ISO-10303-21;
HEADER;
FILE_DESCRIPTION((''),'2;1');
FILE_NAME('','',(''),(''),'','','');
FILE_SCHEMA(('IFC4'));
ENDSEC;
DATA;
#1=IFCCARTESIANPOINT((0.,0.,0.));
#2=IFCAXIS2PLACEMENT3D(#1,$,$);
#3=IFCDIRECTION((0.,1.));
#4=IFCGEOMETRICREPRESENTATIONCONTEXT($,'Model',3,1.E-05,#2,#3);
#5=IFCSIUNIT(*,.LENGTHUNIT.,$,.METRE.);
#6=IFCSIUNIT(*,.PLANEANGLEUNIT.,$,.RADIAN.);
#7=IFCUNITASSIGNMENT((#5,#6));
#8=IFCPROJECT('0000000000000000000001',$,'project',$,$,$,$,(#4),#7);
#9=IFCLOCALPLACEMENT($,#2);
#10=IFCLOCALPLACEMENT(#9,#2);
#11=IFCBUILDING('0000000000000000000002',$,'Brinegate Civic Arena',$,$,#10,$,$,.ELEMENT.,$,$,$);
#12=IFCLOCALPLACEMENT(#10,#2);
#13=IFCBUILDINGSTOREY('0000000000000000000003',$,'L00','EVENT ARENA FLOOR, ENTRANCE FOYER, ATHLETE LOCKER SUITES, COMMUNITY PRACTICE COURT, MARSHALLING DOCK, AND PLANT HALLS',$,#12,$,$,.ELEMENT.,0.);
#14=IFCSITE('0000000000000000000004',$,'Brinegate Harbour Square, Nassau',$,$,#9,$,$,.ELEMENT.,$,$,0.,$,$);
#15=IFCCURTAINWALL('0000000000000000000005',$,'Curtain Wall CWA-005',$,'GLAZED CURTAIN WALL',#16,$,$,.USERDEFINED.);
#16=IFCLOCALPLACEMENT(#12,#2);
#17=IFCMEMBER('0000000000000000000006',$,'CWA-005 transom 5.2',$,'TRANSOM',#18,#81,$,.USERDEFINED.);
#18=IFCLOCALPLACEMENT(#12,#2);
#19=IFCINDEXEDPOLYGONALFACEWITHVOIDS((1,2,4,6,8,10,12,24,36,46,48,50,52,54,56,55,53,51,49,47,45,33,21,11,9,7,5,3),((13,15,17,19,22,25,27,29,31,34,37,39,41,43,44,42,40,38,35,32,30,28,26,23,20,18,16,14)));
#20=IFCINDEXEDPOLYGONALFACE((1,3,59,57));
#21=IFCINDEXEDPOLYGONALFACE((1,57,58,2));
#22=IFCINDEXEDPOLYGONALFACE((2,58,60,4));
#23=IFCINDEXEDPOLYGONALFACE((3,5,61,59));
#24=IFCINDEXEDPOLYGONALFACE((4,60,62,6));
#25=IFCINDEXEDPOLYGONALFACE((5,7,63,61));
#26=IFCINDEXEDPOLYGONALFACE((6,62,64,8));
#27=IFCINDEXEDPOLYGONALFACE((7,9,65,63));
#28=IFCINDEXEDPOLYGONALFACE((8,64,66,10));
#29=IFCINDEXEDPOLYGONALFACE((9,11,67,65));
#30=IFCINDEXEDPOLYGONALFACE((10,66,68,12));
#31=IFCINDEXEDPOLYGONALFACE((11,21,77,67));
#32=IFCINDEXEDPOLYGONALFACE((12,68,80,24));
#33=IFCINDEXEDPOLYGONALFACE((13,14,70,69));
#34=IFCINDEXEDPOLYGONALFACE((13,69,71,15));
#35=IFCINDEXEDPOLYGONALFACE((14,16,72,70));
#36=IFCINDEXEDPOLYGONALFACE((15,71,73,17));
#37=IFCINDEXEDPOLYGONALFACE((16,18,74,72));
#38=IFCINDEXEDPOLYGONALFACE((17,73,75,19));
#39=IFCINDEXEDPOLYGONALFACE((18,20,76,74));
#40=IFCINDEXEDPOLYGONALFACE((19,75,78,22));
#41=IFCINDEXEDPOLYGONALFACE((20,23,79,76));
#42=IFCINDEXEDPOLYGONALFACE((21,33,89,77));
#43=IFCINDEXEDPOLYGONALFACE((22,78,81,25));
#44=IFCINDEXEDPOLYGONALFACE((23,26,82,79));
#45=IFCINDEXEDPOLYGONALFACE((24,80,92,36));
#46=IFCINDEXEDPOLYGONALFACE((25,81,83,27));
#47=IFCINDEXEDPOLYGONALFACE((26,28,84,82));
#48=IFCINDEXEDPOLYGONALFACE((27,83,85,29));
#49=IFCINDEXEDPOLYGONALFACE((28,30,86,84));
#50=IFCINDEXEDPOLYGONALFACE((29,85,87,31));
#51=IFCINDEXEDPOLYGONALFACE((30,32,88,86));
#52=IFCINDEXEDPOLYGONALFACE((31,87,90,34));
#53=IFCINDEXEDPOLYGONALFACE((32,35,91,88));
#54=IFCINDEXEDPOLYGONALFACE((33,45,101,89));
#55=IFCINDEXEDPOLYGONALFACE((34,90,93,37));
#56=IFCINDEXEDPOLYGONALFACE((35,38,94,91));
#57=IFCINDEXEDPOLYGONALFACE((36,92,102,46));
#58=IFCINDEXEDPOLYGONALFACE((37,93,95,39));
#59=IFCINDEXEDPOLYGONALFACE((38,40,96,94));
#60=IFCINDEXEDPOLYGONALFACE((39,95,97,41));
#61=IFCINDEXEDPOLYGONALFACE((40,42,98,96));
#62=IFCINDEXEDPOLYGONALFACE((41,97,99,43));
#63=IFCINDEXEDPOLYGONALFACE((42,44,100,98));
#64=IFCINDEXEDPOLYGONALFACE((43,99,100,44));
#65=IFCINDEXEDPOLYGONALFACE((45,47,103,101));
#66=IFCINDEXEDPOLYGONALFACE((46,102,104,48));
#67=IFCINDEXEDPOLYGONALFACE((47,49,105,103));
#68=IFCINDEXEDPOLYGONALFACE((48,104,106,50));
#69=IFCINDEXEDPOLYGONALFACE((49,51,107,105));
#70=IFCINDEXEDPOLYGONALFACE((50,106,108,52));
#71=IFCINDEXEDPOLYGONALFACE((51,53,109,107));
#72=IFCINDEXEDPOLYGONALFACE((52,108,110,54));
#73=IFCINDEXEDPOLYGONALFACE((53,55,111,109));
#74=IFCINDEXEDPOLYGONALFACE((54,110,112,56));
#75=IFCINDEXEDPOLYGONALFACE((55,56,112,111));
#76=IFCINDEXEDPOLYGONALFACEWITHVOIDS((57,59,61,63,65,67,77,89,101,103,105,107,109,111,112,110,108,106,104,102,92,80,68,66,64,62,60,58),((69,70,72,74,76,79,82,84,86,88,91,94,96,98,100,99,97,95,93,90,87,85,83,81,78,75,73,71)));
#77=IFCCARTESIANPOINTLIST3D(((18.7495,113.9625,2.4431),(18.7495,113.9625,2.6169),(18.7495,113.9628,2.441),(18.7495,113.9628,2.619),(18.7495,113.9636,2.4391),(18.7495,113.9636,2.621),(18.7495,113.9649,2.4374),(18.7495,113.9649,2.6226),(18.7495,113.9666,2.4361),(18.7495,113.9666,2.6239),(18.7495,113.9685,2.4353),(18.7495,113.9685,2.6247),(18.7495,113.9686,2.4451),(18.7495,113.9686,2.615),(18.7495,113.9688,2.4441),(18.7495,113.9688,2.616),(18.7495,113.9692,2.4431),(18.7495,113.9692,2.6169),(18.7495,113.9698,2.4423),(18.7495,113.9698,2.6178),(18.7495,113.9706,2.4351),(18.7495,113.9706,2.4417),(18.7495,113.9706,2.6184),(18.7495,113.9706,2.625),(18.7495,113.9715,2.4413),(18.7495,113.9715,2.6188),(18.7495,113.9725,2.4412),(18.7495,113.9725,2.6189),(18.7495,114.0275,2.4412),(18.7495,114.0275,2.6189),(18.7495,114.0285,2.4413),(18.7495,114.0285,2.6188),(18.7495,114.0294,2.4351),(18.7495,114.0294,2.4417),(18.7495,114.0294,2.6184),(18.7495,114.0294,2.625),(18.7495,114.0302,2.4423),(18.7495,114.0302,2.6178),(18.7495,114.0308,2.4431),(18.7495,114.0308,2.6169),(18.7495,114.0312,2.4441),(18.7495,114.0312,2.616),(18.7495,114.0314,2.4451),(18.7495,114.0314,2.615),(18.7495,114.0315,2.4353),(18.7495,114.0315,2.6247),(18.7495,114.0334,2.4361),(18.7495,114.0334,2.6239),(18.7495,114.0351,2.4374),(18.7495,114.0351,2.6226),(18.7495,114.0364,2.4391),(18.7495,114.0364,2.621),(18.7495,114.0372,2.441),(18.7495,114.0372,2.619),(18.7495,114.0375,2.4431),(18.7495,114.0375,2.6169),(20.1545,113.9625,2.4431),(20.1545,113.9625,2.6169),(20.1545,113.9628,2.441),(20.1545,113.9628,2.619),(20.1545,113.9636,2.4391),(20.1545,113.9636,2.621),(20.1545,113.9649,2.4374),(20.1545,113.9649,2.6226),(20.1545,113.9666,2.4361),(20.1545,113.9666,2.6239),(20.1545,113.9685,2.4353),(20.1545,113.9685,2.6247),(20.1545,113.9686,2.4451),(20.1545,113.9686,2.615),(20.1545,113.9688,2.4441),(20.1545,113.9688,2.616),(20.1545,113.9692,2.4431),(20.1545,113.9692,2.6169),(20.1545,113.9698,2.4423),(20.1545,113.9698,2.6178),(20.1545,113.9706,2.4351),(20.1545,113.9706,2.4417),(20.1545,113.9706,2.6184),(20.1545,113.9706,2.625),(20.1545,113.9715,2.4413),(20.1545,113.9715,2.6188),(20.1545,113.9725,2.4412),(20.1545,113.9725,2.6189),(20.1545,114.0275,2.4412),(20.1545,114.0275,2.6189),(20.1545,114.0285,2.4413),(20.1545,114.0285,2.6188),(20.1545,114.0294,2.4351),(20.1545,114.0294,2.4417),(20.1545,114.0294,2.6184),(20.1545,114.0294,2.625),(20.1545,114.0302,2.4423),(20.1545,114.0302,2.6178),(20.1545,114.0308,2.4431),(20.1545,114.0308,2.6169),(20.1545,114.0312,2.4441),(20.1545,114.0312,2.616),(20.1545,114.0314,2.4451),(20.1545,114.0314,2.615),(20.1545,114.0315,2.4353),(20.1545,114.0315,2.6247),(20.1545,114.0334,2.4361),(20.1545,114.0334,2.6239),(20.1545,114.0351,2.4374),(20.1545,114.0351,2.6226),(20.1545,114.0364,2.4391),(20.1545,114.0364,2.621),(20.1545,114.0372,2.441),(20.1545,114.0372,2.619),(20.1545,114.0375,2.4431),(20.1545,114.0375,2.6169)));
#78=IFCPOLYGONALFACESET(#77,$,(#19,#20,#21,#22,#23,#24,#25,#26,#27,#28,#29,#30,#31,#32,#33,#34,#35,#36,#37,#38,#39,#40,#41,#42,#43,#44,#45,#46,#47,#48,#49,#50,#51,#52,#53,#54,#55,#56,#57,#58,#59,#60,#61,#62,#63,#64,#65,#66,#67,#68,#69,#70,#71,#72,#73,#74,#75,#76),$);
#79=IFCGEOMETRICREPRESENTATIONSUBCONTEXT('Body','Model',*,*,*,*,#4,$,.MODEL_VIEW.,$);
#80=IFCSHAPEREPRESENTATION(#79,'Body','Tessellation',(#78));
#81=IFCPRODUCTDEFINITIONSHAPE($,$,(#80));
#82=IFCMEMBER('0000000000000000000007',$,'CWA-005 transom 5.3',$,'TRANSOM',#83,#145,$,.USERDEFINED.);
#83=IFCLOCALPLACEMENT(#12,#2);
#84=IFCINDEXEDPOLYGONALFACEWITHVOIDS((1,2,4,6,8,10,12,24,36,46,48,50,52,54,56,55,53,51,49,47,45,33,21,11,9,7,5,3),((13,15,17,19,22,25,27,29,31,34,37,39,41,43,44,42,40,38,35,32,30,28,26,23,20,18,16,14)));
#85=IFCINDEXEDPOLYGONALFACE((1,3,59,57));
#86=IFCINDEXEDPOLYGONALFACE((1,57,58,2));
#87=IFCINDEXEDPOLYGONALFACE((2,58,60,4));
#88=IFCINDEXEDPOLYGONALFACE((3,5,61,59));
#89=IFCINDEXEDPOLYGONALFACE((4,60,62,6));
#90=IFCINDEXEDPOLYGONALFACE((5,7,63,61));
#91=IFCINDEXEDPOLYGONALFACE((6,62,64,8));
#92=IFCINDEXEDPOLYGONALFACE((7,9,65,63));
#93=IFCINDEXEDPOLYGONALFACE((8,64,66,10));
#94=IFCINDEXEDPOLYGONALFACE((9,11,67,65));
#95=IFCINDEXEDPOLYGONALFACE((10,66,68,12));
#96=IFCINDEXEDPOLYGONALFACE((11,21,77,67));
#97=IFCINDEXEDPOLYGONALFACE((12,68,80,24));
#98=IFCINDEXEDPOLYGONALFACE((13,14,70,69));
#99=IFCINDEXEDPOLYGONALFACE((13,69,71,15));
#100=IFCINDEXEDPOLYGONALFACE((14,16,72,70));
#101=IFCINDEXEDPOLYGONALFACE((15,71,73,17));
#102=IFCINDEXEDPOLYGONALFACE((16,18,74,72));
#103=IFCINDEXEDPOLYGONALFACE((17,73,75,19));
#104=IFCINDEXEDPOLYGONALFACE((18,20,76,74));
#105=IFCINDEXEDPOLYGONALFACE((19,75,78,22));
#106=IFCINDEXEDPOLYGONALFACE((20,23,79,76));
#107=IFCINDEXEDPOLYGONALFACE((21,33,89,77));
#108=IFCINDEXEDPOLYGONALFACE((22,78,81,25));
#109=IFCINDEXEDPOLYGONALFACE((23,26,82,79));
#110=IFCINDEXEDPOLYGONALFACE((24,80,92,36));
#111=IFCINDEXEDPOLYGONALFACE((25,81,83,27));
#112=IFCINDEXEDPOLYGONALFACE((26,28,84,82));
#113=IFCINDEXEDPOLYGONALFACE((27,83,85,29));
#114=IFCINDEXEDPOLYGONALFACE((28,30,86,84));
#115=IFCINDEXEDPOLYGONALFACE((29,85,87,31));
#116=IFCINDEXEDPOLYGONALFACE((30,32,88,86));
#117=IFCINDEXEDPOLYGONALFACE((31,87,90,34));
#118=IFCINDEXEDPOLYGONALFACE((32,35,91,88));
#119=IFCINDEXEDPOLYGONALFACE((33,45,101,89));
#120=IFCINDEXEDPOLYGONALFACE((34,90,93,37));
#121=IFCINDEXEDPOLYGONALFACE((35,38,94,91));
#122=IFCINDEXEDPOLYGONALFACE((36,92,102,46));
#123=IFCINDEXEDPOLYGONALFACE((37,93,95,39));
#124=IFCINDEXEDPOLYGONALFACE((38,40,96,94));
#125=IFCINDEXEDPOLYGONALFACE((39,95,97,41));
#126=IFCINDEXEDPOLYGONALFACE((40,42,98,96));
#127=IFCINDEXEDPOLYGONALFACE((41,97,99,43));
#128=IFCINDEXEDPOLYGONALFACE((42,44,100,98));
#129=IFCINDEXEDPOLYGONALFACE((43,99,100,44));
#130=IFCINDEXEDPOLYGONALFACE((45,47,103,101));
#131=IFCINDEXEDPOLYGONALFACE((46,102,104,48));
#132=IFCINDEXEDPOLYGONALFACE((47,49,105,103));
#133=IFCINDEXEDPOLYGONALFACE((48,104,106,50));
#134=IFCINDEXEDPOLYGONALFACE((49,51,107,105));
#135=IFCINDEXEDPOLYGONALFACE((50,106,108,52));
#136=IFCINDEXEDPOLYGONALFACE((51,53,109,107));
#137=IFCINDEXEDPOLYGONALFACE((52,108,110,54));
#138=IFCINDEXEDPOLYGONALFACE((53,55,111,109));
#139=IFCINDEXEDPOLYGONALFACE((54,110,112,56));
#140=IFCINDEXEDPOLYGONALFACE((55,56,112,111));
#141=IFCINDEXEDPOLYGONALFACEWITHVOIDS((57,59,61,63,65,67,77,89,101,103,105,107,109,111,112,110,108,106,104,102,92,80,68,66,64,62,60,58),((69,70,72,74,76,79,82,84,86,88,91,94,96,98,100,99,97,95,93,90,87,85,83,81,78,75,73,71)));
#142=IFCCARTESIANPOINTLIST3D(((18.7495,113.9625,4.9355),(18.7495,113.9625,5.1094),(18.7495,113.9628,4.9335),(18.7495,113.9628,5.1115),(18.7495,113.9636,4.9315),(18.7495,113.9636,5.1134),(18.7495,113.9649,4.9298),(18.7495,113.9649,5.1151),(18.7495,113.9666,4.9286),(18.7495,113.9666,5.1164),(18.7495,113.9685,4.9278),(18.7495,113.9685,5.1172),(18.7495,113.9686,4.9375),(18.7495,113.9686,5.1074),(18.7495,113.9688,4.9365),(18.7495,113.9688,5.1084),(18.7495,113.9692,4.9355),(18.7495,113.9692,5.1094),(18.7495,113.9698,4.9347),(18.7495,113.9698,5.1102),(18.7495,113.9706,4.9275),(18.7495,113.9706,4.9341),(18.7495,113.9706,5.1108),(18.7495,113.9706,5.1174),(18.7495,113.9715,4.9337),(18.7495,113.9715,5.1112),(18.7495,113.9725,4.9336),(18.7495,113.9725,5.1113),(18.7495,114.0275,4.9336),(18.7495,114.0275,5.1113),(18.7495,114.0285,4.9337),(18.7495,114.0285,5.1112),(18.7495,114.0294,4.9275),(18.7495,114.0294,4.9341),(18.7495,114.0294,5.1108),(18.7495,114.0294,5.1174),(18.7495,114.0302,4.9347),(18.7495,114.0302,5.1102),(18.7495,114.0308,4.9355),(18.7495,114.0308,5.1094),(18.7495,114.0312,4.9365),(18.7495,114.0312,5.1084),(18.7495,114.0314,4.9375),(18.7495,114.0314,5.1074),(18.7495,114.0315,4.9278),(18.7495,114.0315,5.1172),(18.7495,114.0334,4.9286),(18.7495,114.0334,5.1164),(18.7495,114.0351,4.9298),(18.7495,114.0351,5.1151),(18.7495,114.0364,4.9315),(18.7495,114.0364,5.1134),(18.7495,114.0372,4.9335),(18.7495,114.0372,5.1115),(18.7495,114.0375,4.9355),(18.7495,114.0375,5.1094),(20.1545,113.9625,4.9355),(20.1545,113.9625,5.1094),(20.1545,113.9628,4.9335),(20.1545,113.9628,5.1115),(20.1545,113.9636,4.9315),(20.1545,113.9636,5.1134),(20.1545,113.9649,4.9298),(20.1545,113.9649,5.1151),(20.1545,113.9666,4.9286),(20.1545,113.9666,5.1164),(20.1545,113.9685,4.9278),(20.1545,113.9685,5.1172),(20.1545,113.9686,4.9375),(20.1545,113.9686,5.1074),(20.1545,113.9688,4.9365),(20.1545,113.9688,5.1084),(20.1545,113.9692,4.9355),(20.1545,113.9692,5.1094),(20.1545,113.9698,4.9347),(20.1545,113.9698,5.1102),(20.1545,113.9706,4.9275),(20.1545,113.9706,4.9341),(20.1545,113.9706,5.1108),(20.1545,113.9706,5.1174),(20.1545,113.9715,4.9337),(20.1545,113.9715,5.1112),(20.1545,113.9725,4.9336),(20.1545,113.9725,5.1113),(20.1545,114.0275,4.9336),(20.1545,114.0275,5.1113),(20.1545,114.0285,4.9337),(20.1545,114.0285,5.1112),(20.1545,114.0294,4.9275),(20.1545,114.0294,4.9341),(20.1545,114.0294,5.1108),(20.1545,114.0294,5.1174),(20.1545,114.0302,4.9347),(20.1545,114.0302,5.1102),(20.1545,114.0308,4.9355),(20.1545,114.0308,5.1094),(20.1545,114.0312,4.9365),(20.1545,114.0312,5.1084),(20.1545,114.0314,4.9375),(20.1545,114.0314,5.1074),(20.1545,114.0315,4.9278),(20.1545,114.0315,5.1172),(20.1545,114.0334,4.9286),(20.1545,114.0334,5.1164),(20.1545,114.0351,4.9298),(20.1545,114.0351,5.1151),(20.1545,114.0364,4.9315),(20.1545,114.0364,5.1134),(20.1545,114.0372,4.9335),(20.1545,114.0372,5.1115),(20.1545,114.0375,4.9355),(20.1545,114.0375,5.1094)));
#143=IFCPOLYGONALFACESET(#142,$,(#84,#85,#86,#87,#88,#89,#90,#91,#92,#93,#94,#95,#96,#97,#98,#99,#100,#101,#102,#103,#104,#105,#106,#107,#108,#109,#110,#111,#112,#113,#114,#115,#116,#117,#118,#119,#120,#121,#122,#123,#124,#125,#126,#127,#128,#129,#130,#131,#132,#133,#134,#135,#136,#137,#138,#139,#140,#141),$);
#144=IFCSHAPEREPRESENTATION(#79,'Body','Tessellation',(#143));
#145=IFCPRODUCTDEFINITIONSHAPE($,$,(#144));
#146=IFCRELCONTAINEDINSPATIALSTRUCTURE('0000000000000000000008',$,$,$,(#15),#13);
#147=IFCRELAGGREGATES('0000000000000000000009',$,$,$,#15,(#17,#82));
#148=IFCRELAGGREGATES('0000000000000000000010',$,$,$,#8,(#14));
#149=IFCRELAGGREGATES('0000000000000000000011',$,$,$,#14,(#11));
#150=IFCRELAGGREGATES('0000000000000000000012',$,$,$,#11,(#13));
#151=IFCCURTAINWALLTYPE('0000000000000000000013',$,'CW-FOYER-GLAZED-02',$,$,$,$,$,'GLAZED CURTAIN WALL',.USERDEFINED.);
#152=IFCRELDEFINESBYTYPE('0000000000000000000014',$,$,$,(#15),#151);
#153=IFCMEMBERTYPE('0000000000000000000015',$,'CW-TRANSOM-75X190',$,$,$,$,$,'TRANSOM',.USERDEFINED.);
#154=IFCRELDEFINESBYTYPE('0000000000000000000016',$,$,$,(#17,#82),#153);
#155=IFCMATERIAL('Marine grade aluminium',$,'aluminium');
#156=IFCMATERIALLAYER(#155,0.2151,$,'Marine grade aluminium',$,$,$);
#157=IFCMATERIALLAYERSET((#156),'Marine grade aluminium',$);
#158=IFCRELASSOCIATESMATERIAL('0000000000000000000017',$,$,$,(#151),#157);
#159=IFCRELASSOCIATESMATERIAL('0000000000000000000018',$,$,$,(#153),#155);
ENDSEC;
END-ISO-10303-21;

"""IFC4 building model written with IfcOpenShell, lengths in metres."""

from ifc_helpers import new_model, si_unit, direction, frame, origin, origin_2d, place, context, subcontext, project, spatial, hollow_rectangle, extrude, material, layer, layer_set, material_profile, profile_set, type_object, element, aggregate, save


model = new_model("IFC4")

# Units and contexts
model_context = context("Model", 3, precision=1e-05, world=origin(), true_north=direction((0.0, 1.0)))
body_context = subcontext(model_context, "Body", "Model", "MODEL_VIEW")
ifc_project = project(units=[si_unit("LENGTHUNIT", "METRE"), si_unit("PLANEANGLEUNIT", "RADIAN")], contexts=[model_context])

# Site, building, storey
site_placement = place(None, origin())
site = spatial("IfcSite", under=ifc_project, at=site_placement, Name="Brinegate Harbour Square, Nassau", CompositionType="ELEMENT", RefElevation=0.0)
building_placement = place(site_placement, origin())
building = spatial("IfcBuilding", under=site, at=building_placement, Name="Brinegate Civic Arena", CompositionType="ELEMENT")
storey_placement = place(building_placement, origin())
storey = spatial("IfcBuildingStorey", under=building, at=storey_placement, Name="L00", Description="EVENT ARENA FLOOR, ENTRANCE FOYER, ATHLETE LOCKER SUITES, COMMUNITY PRACTICE COURT, MARSHALLING DOCK, AND PLANT HALLS", CompositionType="ELEMENT", Elevation=0.0)

# Curtain wall, members
ifc_material_1 = material(Name="Marine grade aluminium", Category="aluminium")
ifc_layer_1 = layer(ifc_material_1, 0.2151, Name="Marine grade aluminium")
ifc_layer_set_1 = layer_set([ifc_layer_1], Name="Marine grade aluminium")
curtain_wall_type = type_object("IfcCurtainWallType", Name="CW-FOYER-GLAZED-02", ElementType="GLAZED CURTAIN WALL", PredefinedType="USERDEFINED", material=ifc_layer_set_1)
curtain_wall_placement = place(storey_placement, origin())
curtain_wall = element("IfcCurtainWall", 1, at=curtain_wall_placement, inside=storey, type_object=curtain_wall_type, Name="Curtain Wall CWA-005", ObjectType="GLAZED CURTAIN WALL", PredefinedType="USERDEFINED")
ifc_material_profile_1 = material_profile(ifc_material_1, hollow_rectangle(XDim=0.075, YDim=0.1899, WallThickness=0.0061, InnerFilletRadius=0.0039, OuterFilletRadius=0.0081, at=origin_2d()), Name="TRN75X190")
ifc_profile_set_1 = profile_set([ifc_material_profile_1], Name="Marine grade aluminium")
member_type_1 = type_object("IfcMemberType", Name="CW-TRANSOM-75X190", ElementType="TRANSOM", PredefinedType="USERDEFINED", material=ifc_profile_set_1)
member_1_placement = place(storey_placement, frame((18.7495, 114.0, 2.53), z_axis=(1.0, 0.0, 0.0), x_axis=(0.0, 1.0, 0.0)))
member_1 = element("IfcMember", 2, at=member_1_placement, type_object=member_type_1, Name="CWA-005 transom 5.2", ObjectType="TRANSOM", PredefinedType="USERDEFINED", context=body_context, shape_type="SweptSolid", body=[
    extrude(hollow_rectangle(XDim=0.075, YDim=0.1899, WallThickness=0.0061, InnerFilletRadius=0.0039, OuterFilletRadius=0.0081, at=origin_2d()), origin(), (0.0, 0.0, 1.0), 1.405),
])
member_2_placement = place(storey_placement, frame((18.7495, 114.0, 5.0225), z_axis=(1.0, 0.0, 0.0), x_axis=(0.0, 1.0, 0.0)))
member_2 = element("IfcMember", 3, at=member_2_placement, type_object=member_type_1, Name="CWA-005 transom 5.3", ObjectType="TRANSOM", PredefinedType="USERDEFINED", context=body_context, shape_type="SweptSolid", body=[
    extrude(hollow_rectangle(XDim=0.075, YDim=0.1899, WallThickness=0.0061, InnerFilletRadius=0.0039, OuterFilletRadius=0.0081, at=origin_2d()), origin(), (0.0, 0.0, 1.0), 1.405),
])

aggregate(curtain_wall, [member_1, member_2])

save(model, "model.ifc")
